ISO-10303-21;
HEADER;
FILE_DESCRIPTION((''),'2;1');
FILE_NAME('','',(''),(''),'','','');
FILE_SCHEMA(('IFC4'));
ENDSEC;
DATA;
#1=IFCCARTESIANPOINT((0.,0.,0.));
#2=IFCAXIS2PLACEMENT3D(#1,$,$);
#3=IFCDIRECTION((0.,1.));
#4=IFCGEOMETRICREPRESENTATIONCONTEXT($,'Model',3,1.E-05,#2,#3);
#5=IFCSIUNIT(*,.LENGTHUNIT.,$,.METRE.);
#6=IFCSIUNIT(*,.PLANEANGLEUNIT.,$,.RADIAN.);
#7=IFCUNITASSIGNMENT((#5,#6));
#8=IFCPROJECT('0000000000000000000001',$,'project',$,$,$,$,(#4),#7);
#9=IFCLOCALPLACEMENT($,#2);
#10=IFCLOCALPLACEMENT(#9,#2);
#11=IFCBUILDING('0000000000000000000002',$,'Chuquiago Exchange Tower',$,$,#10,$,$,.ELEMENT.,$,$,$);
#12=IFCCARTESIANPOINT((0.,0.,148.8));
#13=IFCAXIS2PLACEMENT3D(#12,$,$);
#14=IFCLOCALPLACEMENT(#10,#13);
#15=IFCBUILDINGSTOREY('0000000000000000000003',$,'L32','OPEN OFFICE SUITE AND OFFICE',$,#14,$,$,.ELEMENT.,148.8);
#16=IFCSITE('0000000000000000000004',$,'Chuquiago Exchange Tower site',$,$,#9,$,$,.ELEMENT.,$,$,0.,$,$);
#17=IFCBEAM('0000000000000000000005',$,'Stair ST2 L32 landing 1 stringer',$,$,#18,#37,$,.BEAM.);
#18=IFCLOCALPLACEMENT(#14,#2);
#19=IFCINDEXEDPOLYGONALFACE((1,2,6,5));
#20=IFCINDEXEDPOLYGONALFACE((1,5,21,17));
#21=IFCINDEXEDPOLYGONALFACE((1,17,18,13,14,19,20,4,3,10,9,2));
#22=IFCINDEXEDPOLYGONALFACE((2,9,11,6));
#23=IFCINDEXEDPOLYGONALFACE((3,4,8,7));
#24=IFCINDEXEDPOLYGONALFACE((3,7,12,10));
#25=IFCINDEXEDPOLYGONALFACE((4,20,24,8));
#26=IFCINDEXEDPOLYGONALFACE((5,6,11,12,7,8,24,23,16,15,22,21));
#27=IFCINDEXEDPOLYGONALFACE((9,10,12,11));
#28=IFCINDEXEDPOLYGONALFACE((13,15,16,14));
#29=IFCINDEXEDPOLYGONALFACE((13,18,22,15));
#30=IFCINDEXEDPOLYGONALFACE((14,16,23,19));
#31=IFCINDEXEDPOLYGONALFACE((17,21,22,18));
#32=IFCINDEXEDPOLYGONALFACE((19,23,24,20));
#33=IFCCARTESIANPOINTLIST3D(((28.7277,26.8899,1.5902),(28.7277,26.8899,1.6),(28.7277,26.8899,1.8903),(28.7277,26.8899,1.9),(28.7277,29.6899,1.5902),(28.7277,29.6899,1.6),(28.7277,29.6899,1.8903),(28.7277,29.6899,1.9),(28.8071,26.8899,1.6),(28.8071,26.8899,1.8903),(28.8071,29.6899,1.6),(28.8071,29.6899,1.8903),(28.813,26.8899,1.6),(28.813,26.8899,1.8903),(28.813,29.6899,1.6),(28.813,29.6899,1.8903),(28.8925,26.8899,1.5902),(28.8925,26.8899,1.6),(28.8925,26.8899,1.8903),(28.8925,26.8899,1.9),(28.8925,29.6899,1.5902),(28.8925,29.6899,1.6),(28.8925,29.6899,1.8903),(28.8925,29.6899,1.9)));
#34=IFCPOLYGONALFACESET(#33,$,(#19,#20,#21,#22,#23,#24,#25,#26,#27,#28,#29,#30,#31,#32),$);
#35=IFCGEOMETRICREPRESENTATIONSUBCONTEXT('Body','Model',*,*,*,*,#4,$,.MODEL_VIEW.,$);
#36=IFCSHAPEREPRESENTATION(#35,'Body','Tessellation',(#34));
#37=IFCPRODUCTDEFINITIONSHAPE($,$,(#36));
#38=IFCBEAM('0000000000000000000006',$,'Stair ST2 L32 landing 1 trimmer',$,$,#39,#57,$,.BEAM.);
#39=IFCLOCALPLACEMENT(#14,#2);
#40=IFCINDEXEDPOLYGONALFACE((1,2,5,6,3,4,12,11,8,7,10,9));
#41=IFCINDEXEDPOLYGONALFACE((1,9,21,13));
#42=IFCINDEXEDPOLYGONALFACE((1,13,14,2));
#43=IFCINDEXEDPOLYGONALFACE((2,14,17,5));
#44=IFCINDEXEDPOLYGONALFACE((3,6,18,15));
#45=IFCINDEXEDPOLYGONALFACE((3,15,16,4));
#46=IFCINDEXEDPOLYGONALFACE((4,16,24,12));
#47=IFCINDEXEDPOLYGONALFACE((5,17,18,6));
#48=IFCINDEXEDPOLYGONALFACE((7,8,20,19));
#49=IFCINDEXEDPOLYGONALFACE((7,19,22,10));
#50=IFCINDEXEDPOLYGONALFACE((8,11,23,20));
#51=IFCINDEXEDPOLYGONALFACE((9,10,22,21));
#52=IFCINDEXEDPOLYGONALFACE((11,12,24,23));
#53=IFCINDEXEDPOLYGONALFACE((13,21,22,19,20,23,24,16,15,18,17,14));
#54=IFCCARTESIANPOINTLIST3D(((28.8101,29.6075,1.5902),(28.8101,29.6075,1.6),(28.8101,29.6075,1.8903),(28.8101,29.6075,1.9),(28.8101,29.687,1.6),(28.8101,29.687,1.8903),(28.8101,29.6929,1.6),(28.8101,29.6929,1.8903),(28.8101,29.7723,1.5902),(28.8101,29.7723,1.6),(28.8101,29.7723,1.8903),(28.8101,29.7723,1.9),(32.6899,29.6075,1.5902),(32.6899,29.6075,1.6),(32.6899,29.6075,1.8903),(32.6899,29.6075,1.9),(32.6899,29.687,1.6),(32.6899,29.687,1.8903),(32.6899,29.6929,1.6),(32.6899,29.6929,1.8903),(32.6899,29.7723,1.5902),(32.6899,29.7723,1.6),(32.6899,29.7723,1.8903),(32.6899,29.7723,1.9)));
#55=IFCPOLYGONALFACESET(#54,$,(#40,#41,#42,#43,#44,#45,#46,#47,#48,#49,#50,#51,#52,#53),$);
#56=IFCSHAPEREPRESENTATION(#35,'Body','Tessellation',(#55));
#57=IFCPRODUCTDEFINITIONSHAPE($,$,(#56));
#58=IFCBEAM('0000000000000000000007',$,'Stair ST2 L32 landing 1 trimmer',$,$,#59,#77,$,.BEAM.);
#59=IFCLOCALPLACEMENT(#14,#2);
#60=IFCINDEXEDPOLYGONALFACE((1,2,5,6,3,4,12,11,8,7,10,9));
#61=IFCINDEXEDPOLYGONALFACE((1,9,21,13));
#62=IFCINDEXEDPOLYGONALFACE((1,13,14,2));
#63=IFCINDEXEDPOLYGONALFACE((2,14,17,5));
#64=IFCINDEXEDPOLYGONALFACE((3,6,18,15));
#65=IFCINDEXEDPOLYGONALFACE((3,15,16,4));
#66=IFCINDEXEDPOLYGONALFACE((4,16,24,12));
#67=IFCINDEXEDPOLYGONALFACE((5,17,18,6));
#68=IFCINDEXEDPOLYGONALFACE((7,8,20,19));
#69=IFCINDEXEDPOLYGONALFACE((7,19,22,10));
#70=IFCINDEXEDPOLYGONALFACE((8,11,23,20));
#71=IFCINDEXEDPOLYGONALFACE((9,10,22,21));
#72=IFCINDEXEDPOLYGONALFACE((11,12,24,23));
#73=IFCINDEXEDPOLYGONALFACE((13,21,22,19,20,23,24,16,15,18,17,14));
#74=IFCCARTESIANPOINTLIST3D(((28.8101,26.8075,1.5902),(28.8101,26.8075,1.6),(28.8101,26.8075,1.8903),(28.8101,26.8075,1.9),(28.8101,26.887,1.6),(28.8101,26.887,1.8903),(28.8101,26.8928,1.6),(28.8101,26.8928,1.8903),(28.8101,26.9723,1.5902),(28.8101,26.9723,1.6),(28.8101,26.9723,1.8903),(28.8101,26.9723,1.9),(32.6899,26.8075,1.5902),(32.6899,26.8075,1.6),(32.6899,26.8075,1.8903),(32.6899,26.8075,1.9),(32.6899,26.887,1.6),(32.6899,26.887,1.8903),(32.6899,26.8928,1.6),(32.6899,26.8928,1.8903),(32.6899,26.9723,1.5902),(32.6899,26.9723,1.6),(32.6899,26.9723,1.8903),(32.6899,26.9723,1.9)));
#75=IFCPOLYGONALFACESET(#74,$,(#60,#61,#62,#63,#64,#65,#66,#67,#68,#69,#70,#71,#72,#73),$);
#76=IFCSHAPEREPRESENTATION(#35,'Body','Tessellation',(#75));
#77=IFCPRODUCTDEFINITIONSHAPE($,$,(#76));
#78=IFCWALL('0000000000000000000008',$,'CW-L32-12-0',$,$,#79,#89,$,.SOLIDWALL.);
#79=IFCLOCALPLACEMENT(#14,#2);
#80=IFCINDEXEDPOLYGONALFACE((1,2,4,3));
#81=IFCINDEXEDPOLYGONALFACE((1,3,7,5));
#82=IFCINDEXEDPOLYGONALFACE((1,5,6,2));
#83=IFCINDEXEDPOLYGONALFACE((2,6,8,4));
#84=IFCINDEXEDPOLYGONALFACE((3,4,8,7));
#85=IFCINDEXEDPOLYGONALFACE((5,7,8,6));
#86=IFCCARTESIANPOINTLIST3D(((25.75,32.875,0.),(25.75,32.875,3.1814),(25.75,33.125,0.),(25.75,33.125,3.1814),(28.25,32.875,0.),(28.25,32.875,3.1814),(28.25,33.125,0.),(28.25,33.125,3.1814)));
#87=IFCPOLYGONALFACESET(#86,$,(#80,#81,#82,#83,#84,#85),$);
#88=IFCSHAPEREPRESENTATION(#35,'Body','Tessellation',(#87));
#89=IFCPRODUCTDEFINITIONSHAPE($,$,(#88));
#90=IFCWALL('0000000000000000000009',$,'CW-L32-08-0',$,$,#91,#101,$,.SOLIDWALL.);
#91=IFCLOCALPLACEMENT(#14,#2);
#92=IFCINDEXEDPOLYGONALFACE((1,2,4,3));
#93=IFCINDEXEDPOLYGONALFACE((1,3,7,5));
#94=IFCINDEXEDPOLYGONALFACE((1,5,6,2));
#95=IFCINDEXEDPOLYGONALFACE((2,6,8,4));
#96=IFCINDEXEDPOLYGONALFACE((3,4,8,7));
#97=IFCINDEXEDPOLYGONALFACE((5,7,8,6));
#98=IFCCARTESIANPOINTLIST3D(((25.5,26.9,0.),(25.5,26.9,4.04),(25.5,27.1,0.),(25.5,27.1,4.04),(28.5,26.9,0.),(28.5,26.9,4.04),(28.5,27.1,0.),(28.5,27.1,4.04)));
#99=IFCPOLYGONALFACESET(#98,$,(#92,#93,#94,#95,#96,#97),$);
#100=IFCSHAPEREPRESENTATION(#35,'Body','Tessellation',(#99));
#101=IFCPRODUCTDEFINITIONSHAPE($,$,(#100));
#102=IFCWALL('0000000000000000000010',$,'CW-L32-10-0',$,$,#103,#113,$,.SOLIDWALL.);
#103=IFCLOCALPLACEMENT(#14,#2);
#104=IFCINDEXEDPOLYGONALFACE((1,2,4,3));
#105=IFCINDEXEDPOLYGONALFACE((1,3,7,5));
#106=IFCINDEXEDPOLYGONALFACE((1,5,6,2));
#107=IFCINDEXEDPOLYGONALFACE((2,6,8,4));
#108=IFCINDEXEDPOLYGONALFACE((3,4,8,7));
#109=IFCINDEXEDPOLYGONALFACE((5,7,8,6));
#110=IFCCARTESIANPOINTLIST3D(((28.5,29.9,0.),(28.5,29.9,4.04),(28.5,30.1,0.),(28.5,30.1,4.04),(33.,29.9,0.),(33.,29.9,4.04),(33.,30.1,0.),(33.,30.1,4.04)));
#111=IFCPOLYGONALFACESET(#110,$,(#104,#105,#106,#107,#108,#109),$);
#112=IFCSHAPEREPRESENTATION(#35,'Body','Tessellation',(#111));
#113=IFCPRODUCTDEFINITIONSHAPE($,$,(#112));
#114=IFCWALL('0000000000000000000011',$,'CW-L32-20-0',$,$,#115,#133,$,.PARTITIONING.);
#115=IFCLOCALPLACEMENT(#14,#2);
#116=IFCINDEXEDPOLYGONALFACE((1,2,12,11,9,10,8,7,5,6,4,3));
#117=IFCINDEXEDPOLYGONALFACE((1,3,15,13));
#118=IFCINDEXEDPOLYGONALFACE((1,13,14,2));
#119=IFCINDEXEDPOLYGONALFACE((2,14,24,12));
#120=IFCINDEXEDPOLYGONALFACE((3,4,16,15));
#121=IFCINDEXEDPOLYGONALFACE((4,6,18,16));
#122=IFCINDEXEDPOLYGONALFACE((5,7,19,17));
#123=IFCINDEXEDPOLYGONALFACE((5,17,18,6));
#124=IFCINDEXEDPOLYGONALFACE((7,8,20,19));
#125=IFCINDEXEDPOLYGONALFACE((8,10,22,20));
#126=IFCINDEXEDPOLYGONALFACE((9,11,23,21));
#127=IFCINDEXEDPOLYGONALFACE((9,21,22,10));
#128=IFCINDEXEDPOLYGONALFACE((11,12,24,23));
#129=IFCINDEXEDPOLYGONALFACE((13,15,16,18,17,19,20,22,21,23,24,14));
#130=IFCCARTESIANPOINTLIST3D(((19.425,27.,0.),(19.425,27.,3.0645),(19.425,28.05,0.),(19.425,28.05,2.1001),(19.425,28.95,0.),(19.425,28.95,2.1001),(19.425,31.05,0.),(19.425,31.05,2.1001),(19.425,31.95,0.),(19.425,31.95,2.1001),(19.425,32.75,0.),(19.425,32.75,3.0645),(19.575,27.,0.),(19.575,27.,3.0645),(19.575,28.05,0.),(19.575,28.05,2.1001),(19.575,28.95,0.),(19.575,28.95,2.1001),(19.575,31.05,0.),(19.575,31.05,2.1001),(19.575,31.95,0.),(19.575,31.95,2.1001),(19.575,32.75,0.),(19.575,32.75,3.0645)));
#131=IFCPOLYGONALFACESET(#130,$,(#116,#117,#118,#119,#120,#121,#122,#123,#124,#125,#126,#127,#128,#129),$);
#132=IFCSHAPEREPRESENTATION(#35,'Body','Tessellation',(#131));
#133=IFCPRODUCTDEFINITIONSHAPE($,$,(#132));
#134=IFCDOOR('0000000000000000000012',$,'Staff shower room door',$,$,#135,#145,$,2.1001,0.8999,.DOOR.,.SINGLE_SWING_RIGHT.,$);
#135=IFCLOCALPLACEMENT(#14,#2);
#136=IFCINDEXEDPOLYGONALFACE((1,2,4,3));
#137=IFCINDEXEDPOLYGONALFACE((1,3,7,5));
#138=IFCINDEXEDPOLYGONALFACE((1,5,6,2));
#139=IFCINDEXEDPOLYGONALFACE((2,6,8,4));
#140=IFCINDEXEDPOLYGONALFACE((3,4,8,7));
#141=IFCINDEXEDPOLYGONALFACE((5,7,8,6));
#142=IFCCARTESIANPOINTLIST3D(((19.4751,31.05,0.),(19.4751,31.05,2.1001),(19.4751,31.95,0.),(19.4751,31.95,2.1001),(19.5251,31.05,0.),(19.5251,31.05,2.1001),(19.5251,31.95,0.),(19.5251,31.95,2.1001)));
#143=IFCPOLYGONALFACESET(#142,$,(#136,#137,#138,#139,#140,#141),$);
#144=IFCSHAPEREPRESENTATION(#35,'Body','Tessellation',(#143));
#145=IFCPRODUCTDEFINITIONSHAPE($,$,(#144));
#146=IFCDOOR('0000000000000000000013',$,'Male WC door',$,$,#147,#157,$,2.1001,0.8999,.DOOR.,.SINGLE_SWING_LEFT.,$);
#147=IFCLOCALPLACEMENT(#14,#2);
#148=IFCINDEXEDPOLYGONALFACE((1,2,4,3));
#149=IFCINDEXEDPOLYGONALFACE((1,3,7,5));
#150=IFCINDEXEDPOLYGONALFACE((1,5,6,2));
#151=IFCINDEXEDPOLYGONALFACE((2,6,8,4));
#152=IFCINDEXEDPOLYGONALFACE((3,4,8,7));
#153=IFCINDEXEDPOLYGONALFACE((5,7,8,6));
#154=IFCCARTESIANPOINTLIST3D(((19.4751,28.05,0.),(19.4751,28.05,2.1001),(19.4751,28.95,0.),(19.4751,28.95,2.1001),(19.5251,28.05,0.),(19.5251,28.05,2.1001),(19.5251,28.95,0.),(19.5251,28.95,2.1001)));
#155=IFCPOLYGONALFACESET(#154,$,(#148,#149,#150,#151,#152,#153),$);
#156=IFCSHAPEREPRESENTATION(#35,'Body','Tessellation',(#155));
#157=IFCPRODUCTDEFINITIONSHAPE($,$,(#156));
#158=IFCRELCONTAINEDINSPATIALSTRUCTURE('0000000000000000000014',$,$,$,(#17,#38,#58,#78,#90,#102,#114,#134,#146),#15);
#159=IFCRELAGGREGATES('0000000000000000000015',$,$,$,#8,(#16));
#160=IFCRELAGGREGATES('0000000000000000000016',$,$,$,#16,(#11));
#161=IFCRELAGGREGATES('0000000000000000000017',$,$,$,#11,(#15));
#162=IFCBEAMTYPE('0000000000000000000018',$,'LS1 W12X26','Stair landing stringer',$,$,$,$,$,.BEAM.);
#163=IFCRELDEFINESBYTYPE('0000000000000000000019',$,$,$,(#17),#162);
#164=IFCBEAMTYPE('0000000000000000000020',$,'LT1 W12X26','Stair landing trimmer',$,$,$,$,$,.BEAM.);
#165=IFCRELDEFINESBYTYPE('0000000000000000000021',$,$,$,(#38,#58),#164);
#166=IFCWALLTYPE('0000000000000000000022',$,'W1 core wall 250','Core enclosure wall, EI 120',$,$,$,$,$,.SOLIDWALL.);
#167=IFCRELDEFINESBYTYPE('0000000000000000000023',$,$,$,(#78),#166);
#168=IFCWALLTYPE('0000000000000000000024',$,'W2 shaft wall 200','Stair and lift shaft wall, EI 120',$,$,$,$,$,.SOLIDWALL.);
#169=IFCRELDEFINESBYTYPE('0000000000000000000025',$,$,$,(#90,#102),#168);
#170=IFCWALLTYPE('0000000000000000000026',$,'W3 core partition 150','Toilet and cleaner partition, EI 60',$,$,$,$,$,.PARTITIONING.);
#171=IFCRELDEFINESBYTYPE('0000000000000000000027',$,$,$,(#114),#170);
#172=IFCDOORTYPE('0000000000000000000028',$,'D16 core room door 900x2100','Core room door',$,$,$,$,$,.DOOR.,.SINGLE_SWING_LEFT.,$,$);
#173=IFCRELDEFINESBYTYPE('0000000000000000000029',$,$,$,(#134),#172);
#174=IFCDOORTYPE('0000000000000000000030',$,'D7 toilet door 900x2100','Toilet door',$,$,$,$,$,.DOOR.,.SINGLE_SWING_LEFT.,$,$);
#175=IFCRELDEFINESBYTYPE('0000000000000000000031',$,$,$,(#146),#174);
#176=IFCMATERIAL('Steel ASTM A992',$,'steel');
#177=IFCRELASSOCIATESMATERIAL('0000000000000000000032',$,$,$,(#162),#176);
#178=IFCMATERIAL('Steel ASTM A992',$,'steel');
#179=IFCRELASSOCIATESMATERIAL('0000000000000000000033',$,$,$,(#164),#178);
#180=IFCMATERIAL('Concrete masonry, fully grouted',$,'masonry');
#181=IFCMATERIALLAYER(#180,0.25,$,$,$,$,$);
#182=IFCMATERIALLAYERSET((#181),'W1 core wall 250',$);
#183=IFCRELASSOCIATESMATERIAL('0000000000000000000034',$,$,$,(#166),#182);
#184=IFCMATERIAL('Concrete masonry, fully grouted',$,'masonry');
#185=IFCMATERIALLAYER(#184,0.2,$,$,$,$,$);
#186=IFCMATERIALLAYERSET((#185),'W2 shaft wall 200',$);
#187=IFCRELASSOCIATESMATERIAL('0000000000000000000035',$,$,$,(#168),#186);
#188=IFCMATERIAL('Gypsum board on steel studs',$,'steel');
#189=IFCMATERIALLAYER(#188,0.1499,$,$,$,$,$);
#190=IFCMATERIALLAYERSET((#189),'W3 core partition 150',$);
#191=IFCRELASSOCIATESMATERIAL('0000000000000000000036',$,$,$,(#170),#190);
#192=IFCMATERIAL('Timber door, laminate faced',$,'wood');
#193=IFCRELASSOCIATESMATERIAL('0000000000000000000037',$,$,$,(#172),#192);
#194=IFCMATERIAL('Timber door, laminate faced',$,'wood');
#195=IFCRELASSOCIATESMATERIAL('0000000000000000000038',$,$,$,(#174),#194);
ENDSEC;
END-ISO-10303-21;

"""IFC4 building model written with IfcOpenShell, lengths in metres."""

from ifc_helpers import new_model, si_unit, direction, frame, frame_2d, origin, origin_2d, place, context, subcontext, project, spatial, rectangle, i_section, extrude, material, layer, layer_set, material_profile, profile_set, type_object, element, fill, save


model = new_model("IFC4")

# Units and contexts
model_context = context("Model", 3, precision=1e-05, world=origin(), true_north=direction((0.0, 1.0)))
body_context = subcontext(model_context, "Body", "Model", "MODEL_VIEW")
ifc_project = project(units=[si_unit("LENGTHUNIT", "METRE"), si_unit("PLANEANGLEUNIT", "RADIAN")], contexts=[model_context])

# Site, building, storey
site_placement = place(None, origin())
site = spatial("IfcSite", under=ifc_project, at=site_placement, Name="Chuquiago Exchange Tower site", CompositionType="ELEMENT", RefElevation=0.0)
building_placement = place(site_placement, origin())
building = spatial("IfcBuilding", under=site, at=building_placement, Name="Chuquiago Exchange Tower", CompositionType="ELEMENT")
storey_placement = place(building_placement, frame((0.0, 0.0, 148.8)))
storey = spatial("IfcBuildingStorey", under=building, at=storey_placement, Name="L32", Description="OPEN OFFICE SUITE AND OFFICE", CompositionType="ELEMENT", Elevation=148.8)

# Beams
ifc_material_1 = material(Name="Steel ASTM A992", Category="steel")
ifc_material_profile_1 = material_profile(ifc_material_1, i_section(OverallWidth=0.1648, OverallDepth=0.3098, WebThickness=0.0059, FlangeThickness=0.0098, at=origin_2d()), Name="W12X26")
ifc_profile_set_1 = profile_set([ifc_material_profile_1], Name="Steel ASTM A992")
beam_type_1 = type_object("IfcBeamType", Name="LS1 W12X26", Description="Stair landing stringer", PredefinedType="BEAM", material=ifc_profile_set_1)
beam_1_placement = place(storey_placement, frame((28.8101, 26.8899, 1.7451), z_axis=(0.0, 1.0, 0.0), x_axis=(-1.0, 0.0, 0.0)))
element("IfcBeam", 1, at=beam_1_placement, inside=storey, type_object=beam_type_1, Name="Stair ST2 L32 landing 1 stringer", PredefinedType="BEAM", context=body_context, shape_type="SweptSolid", body=[
    extrude(i_section(OverallWidth=0.1648, OverallDepth=0.3098, WebThickness=0.0059, FlangeThickness=0.0098, at=origin_2d()), origin(), (0.0, 0.0, 1.0), 2.8),
])
ifc_material_2 = material(Name="Steel ASTM A992", Category="steel")
ifc_material_profile_2 = material_profile(ifc_material_2, i_section(OverallWidth=0.1648, OverallDepth=0.3098, WebThickness=0.0059, FlangeThickness=0.0098, at=origin_2d()), Name="W12X26")
ifc_profile_set_2 = profile_set([ifc_material_profile_2], Name="Steel ASTM A992")
beam_type_2 = type_object("IfcBeamType", Name="LT1 W12X26", Description="Stair landing trimmer", PredefinedType="BEAM", material=ifc_profile_set_2)
for number, where, z_axis, x_axis, name in (
    (2, (28.8101, 29.6899, 1.7451), (1.0, 0.0, 0.0), (0.0, 1.0, 0.0), "Stair ST2 L32 landing 1 trimmer"),
    (3, (28.8101, 26.8899, 1.7451), (1.0, 0.0, 0.0), (0.0, 1.0, 0.0), "Stair ST2 L32 landing 1 trimmer"),
):
    element("IfcBeam", number, at=place(storey_placement, frame(where, z_axis=z_axis, x_axis=x_axis)), inside=storey, type_object=beam_type_2, Name=name, PredefinedType="BEAM", context=body_context, shape_type="SweptSolid", body=[
        extrude(i_section(OverallWidth=0.1648, OverallDepth=0.3098, WebThickness=0.0059, FlangeThickness=0.0098, at=origin_2d()), origin(), (0.0, 0.0, 1.0), 3.8799),
    ])

# Walls
ifc_material_3 = material(Name="Concrete masonry, fully grouted", Category="masonry")
ifc_layer_1 = layer(ifc_material_3, 0.25)
ifc_layer_set_1 = layer_set([ifc_layer_1], Name="W1 core wall 250")
wall_type_1 = type_object("IfcWallType", Name="W1 core wall 250", Description="Core enclosure wall, EI 120", PredefinedType="SOLIDWALL", material=ifc_layer_set_1)
wall_1_placement = place(storey_placement, frame((25.75, 33.0, 0.0), z_axis=(0.0, 0.0, 1.0), x_axis=(1.0, 0.0, 0.0)))
element("IfcWall", 4, at=wall_1_placement, inside=storey, type_object=wall_type_1, Name="CW-L32-12-0", PredefinedType="SOLIDWALL", context=body_context, shape_type="SweptSolid", body=[
    extrude(rectangle(XDim=2.5, YDim=0.25, at=frame_2d((1.25, 0.0))), origin(), (0.0, 0.0, 1.0), 3.1814),
])
ifc_material_4 = material(Name="Concrete masonry, fully grouted", Category="masonry")
ifc_layer_2 = layer(ifc_material_4, 0.2)
ifc_layer_set_2 = layer_set([ifc_layer_2], Name="W2 shaft wall 200")
wall_type_2 = type_object("IfcWallType", Name="W2 shaft wall 200", Description="Stair and lift shaft wall, EI 120", PredefinedType="SOLIDWALL", material=ifc_layer_set_2)
wall_2_placement = place(storey_placement, frame((25.5, 27.0, 0.0), z_axis=(0.0, 0.0, 1.0), x_axis=(1.0, 0.0, 0.0)))
element("IfcWall", 5, at=wall_2_placement, inside=storey, type_object=wall_type_2, Name="CW-L32-08-0", PredefinedType="SOLIDWALL", context=body_context, shape_type="SweptSolid", body=[
    extrude(rectangle(XDim=3.0, YDim=0.2, at=frame_2d((1.5, 0.0))), origin(), (0.0, 0.0, 1.0), 4.04),
])
wall_3_placement = place(storey_placement, frame((28.5, 30.0, 0.0), z_axis=(0.0, 0.0, 1.0), x_axis=(1.0, 0.0, 0.0)))
element("IfcWall", 6, at=wall_3_placement, inside=storey, type_object=wall_type_2, Name="CW-L32-10-0", PredefinedType="SOLIDWALL", context=body_context, shape_type="SweptSolid", body=[
    extrude(rectangle(XDim=4.5, YDim=0.2, at=frame_2d((2.25, 0.0))), origin(), (0.0, 0.0, 1.0), 4.04),
])

# Wall, openings, doors
ifc_material_5 = material(Name="Gypsum board on steel studs", Category="steel")
ifc_layer_3 = layer(ifc_material_5, 0.1499)
ifc_layer_set_3 = layer_set([ifc_layer_3], Name="W3 core partition 150")
wall_type_3 = type_object("IfcWallType", Name="W3 core partition 150", Description="Toilet and cleaner partition, EI 60", PredefinedType="PARTITIONING", material=ifc_layer_set_3)
wall_4_placement = place(storey_placement, frame((19.5, 27.0, 0.0), z_axis=(0.0, 0.0, 1.0), x_axis=(0.0, 1.0, 0.0)))
wall_4 = element("IfcWall", 7, at=wall_4_placement, inside=storey, type_object=wall_type_3, Name="CW-L32-20-0", PredefinedType="PARTITIONING", context=body_context, shape_type="SweptSolid", body=[
    extrude(rectangle(XDim=5.75, YDim=0.1499, at=frame_2d((2.875, 0.0))), origin(), (0.0, 0.0, 1.0), 3.0645),
])
opening_1_placement = place(wall_4_placement, frame((1.05, 0.0, 0.0)))
opening_1 = element("IfcOpeningElement", 8, at=opening_1_placement, cuts=wall_4, PredefinedType="OPENING", context=body_context, shape_type="SweptSolid", body=[
    extrude(rectangle(XDim=0.8999, YDim=2.1001, at=frame_2d((0.45, 1.05))), frame((0.0, 0.085, 0.0), z_axis=(0.0, -1.0, 0.0), x_axis=(1.0, 0.0, 0.0)), (0.0, 0.0, 1.0), 0.1699),
])
opening_2_placement = place(wall_4_placement, frame((4.05, 0.0, 0.0)))
opening_2 = element("IfcOpeningElement", 9, at=opening_2_placement, cuts=wall_4, PredefinedType="OPENING", context=body_context, shape_type="SweptSolid", body=[
    extrude(rectangle(XDim=0.8999, YDim=2.1001, at=frame_2d((0.45, 1.05))), frame((0.0, 0.085, 0.0), z_axis=(0.0, -1.0, 0.0), x_axis=(1.0, 0.0, 0.0)), (0.0, 0.0, 1.0), 0.1699),
])
ifc_material_6 = material(Name="Timber door, laminate faced", Category="wood")
door_type_1 = type_object("IfcDoorType", Name="D16 core room door 900x2100", Description="Core room door", OperationType="SINGLE_SWING_LEFT", PredefinedType="DOOR", material=ifc_material_6)
door_1_placement = place(opening_2_placement, origin())
door_1 = element("IfcDoor", 10, at=door_1_placement, inside=storey, type_object=door_type_1, Name="Staff shower room door", OperationType="SINGLE_SWING_RIGHT", OverallHeight=2.1001, OverallWidth=0.8999, PredefinedType="DOOR", context=body_context, shape_type="SweptSolid", body=[
    extrude(rectangle(XDim=0.8999, YDim=2.1001, at=frame_2d((0.45, 1.05))), frame((0.0, 0.0249, 0.0), z_axis=(0.0, -1.0, 0.0), x_axis=(1.0, 0.0, 0.0)), (0.0, 0.0, 1.0), 0.05),
])
fill(opening_2, door_1)
ifc_material_7 = material(Name="Timber door, laminate faced", Category="wood")
door_type_2 = type_object("IfcDoorType", Name="D7 toilet door 900x2100", Description="Toilet door", OperationType="SINGLE_SWING_LEFT", PredefinedType="DOOR", material=ifc_material_7)
door_2_placement = place(opening_1_placement, origin())
door_2 = element("IfcDoor", 11, at=door_2_placement, inside=storey, type_object=door_type_2, Name="Male WC door", OperationType="SINGLE_SWING_LEFT", OverallHeight=2.1001, OverallWidth=0.8999, PredefinedType="DOOR", context=body_context, shape_type="SweptSolid", body=[
    extrude(rectangle(XDim=0.8999, YDim=2.1001, at=frame_2d((0.45, 1.05))), frame((0.0, 0.0249, 0.0), z_axis=(0.0, -1.0, 0.0), x_axis=(1.0, 0.0, 0.0)), (0.0, 0.0, 1.0), 0.05),
])
fill(opening_1, door_2)

save(model, "model.ifc")
